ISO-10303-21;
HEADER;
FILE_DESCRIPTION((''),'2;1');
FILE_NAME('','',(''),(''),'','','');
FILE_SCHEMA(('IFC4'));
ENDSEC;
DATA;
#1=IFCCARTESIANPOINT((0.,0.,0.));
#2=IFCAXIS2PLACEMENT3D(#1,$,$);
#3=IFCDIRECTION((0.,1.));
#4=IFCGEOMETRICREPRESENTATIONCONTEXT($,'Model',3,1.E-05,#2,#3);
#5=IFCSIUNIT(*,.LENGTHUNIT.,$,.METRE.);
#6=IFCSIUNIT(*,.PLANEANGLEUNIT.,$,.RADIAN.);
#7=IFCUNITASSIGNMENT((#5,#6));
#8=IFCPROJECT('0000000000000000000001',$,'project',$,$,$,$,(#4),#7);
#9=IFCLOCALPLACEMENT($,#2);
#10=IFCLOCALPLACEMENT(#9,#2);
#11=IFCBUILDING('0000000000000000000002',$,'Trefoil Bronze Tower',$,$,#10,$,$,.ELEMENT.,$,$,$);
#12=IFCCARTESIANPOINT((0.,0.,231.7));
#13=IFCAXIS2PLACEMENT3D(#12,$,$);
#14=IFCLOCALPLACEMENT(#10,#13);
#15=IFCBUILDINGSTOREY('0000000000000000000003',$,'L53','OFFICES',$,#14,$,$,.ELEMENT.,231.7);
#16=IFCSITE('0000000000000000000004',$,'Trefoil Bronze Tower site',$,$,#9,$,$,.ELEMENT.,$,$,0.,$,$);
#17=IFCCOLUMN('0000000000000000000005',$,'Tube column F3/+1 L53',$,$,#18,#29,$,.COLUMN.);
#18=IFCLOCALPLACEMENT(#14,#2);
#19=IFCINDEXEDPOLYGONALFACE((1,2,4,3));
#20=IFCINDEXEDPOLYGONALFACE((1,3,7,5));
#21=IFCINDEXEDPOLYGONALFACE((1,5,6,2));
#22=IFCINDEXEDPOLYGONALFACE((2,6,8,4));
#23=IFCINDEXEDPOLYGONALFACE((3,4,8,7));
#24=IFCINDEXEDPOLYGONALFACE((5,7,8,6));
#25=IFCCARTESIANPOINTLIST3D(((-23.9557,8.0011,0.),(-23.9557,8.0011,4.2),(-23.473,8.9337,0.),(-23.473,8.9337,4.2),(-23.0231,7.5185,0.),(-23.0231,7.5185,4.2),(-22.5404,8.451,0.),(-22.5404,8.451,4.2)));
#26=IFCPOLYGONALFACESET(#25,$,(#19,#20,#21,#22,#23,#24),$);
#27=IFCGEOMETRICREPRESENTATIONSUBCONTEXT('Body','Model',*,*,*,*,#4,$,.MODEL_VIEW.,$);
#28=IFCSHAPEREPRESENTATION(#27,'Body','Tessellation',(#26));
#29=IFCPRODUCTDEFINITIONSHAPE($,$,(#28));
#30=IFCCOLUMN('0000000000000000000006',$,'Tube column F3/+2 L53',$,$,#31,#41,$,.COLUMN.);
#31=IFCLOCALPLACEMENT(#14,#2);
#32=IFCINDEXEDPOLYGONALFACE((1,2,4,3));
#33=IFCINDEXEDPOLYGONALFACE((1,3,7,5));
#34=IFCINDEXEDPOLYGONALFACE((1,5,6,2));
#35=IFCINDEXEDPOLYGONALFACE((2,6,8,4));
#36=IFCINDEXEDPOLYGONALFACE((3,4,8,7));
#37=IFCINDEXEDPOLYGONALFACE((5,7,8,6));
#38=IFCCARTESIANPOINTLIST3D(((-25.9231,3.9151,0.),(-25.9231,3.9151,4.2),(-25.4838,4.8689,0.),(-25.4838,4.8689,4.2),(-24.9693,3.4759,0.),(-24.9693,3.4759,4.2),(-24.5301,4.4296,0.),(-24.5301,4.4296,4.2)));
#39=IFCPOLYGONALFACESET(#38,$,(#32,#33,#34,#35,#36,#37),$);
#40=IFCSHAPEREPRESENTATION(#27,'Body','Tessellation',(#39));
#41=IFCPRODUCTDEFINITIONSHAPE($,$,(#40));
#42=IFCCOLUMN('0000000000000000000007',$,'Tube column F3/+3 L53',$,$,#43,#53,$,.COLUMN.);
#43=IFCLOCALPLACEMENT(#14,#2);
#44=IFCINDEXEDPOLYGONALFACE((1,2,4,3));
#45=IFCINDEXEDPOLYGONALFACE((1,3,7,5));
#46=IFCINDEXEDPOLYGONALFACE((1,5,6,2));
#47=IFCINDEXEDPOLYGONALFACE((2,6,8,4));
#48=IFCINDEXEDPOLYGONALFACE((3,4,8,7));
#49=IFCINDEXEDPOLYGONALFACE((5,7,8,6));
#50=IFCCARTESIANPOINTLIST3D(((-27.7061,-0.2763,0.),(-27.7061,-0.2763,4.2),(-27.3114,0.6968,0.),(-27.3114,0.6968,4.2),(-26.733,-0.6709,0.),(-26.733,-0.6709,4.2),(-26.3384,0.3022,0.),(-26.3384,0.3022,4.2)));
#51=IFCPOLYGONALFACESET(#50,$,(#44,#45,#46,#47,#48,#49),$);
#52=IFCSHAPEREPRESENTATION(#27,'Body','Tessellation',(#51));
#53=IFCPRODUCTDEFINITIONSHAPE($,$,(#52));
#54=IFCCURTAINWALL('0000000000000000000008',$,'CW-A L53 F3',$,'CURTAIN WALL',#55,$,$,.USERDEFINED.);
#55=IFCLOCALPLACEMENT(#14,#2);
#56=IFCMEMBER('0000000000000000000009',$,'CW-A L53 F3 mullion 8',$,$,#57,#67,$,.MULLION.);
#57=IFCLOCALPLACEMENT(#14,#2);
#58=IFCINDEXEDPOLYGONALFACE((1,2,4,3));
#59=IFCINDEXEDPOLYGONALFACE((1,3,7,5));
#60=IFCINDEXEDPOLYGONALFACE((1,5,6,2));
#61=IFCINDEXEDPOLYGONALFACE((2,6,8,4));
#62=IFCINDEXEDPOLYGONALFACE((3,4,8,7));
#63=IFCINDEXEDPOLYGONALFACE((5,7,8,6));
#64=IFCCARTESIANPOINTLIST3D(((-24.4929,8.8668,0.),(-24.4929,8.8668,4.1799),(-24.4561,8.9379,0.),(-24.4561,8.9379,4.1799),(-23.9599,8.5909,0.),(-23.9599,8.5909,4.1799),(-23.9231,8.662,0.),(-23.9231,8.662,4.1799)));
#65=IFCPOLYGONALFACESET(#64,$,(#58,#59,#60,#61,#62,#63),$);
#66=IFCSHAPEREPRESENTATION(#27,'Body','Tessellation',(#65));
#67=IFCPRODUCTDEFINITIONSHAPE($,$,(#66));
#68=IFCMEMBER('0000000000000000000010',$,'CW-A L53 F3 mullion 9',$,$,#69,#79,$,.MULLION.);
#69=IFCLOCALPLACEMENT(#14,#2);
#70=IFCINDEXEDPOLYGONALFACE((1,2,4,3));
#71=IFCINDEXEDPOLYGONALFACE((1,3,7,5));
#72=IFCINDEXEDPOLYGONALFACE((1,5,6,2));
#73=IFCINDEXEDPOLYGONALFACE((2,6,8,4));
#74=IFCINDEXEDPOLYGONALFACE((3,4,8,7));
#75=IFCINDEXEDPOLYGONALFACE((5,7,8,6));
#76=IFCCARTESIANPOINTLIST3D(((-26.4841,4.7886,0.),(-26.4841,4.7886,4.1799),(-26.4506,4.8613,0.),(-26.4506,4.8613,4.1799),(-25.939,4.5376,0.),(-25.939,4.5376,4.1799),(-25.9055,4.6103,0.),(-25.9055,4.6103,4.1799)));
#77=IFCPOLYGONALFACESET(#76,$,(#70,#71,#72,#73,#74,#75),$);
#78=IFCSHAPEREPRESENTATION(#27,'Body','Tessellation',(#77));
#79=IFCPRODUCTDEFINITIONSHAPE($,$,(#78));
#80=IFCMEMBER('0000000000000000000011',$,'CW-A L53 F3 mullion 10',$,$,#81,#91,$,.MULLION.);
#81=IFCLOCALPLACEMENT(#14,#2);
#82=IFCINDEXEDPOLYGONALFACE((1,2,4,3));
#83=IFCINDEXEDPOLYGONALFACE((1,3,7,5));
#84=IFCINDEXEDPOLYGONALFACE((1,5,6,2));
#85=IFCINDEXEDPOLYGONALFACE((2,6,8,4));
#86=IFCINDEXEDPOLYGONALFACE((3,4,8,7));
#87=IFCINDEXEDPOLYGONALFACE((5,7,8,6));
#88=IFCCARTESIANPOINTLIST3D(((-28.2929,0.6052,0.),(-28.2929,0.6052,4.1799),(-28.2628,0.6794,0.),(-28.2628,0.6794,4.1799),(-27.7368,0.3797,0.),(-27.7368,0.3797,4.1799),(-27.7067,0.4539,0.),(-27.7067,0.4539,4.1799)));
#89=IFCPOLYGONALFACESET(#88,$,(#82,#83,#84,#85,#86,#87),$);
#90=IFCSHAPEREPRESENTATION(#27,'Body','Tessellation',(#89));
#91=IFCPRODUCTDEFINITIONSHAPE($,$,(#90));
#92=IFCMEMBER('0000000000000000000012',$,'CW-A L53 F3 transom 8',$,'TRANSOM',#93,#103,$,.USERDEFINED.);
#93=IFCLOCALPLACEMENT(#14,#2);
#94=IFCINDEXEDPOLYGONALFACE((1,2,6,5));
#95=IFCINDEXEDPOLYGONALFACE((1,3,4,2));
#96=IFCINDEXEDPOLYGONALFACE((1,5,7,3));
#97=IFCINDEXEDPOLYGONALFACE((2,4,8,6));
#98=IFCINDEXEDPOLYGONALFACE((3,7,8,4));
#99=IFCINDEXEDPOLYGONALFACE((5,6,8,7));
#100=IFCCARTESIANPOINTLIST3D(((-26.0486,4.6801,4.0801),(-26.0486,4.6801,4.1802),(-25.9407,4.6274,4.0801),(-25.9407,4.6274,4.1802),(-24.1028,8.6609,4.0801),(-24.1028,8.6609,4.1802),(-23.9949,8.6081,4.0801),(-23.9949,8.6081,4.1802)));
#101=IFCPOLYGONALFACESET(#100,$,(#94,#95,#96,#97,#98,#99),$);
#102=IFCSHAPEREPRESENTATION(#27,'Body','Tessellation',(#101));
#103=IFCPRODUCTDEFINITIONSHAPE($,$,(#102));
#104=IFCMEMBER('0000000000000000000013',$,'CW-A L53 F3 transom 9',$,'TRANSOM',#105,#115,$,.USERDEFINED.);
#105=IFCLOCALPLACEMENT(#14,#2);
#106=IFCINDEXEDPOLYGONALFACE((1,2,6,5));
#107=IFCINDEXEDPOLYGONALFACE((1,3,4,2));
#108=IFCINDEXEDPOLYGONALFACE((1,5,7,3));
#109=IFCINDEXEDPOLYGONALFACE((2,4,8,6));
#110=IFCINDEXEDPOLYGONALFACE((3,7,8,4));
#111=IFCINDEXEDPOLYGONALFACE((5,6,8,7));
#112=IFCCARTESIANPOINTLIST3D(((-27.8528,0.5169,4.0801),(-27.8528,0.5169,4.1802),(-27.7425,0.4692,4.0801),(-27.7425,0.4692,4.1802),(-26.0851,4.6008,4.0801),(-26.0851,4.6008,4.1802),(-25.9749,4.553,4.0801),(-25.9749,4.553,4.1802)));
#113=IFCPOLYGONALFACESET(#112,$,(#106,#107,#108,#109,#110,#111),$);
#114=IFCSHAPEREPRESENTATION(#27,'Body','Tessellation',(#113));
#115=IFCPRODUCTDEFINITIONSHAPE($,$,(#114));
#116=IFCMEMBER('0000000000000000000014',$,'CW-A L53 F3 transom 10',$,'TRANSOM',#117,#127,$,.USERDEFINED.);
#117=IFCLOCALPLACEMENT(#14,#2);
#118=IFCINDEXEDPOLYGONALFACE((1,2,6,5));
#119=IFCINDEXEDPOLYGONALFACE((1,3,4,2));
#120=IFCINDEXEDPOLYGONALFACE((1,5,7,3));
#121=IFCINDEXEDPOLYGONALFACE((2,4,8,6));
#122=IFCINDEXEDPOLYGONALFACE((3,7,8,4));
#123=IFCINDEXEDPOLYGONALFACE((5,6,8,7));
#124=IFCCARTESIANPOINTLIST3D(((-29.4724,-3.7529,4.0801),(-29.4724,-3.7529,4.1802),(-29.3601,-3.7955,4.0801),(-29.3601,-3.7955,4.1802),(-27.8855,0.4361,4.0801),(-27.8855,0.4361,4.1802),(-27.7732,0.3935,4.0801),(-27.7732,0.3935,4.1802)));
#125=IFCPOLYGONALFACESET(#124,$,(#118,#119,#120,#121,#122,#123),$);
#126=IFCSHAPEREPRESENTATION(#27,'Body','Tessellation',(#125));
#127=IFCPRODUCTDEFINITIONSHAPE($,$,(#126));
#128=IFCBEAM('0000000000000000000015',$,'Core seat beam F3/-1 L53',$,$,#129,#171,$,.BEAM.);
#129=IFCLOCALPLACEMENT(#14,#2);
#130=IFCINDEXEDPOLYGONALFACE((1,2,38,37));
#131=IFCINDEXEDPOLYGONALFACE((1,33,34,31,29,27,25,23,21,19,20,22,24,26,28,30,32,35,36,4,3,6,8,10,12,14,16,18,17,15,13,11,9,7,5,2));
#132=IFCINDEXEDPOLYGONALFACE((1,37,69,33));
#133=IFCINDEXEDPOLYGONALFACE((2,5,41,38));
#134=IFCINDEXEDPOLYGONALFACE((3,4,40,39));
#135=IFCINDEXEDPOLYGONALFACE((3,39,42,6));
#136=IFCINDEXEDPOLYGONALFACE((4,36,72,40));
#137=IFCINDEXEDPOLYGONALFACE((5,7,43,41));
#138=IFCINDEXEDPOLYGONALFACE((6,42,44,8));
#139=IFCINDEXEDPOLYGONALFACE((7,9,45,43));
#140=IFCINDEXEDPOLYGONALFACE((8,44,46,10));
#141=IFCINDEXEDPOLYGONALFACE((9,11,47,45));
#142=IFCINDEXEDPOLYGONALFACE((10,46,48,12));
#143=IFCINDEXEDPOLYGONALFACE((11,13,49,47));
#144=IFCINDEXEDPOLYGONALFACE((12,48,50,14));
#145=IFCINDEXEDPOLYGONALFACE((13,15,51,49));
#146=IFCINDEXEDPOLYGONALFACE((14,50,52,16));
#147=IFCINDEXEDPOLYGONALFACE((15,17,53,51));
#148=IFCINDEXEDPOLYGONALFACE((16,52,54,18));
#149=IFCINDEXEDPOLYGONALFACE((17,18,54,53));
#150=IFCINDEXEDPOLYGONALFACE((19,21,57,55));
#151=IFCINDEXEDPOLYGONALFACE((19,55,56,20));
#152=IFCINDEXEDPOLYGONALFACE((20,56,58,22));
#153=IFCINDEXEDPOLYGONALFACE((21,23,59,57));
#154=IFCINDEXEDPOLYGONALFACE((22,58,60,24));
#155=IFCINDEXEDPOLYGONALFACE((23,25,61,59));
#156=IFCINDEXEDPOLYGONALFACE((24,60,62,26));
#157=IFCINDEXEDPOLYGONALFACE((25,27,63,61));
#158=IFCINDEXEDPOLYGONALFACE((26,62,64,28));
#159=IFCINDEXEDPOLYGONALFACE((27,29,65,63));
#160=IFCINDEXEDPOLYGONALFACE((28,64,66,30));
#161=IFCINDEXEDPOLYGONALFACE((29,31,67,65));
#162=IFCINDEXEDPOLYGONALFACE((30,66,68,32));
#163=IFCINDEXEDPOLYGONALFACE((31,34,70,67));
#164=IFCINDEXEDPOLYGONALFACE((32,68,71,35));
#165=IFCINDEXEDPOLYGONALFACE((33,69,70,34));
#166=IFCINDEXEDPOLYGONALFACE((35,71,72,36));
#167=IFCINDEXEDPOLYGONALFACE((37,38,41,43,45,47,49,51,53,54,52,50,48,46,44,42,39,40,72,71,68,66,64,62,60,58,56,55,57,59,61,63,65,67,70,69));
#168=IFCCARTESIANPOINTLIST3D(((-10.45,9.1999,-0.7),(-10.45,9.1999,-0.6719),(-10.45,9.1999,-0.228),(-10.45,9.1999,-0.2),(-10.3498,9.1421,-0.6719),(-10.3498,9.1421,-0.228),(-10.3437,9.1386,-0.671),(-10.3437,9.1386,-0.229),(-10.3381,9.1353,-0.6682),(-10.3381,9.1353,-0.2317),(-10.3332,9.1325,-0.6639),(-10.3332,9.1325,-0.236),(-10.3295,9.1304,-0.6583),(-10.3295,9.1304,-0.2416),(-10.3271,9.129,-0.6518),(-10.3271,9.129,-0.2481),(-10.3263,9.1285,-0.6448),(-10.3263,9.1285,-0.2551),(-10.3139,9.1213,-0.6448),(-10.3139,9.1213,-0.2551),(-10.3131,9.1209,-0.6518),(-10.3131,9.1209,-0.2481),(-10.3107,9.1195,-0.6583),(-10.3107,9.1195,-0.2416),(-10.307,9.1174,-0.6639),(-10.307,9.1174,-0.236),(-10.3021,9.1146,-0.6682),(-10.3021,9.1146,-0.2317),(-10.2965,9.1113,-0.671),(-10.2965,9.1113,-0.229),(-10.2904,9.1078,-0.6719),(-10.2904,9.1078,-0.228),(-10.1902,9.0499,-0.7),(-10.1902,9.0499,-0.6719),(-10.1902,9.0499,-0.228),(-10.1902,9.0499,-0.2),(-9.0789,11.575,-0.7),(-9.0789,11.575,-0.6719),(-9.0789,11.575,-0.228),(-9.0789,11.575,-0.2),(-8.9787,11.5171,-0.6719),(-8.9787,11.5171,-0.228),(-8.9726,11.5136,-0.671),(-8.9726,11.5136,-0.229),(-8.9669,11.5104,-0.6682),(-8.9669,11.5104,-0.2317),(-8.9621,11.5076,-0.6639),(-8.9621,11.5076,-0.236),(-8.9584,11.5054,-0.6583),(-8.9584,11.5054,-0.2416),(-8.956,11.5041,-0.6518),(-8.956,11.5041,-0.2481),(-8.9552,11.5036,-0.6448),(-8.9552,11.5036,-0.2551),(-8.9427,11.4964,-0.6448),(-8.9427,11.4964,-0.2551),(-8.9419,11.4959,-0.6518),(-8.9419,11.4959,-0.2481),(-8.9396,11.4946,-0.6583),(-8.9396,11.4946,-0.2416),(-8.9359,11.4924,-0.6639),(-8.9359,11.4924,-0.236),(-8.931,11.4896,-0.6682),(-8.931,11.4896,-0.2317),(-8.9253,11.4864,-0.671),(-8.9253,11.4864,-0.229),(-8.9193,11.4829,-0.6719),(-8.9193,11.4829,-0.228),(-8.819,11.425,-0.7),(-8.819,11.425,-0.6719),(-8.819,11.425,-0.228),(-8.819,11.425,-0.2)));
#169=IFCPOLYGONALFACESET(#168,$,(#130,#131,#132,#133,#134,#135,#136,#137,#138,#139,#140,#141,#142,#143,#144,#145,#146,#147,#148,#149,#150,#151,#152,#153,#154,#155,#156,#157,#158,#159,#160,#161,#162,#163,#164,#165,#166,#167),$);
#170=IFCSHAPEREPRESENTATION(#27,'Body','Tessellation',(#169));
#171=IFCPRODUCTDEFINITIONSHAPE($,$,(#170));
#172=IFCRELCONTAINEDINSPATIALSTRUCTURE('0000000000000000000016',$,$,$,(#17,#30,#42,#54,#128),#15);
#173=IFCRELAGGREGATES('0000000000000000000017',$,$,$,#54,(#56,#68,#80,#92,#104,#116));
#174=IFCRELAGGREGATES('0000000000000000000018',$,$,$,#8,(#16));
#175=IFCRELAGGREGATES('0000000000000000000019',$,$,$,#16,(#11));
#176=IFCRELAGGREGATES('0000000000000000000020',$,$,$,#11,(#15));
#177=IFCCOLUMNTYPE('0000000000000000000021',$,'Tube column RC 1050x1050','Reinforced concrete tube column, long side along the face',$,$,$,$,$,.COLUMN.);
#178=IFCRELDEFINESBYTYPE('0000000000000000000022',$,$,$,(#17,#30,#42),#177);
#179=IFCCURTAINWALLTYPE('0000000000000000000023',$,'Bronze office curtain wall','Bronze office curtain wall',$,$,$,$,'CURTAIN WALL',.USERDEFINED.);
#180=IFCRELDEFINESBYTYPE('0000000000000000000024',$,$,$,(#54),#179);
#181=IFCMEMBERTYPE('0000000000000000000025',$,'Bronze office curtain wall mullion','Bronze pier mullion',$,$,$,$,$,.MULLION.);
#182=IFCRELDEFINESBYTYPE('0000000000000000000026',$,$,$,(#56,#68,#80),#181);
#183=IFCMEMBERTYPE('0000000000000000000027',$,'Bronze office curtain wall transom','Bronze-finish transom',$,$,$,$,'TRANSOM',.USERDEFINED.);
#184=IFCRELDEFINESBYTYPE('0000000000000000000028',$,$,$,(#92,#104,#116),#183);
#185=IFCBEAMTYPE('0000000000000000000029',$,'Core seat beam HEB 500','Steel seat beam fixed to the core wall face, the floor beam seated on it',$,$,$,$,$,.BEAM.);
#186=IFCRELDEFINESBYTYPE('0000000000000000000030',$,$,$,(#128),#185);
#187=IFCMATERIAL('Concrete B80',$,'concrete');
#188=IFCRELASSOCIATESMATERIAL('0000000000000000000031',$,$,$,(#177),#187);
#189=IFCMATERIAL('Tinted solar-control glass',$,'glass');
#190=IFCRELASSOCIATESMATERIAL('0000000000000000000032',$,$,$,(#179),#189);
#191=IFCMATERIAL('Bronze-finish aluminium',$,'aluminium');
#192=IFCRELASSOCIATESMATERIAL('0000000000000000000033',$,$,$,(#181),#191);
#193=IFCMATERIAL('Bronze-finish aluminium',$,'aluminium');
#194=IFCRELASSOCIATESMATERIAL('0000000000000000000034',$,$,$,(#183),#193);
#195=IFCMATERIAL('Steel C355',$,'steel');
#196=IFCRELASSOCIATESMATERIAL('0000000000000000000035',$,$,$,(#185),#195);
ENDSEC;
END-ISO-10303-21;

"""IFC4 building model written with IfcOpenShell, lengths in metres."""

from ifc_helpers import new_model, si_unit, direction, frame, origin, origin_2d, place, context, subcontext, project, spatial, rectangle, i_section, extrude, material, material_profile, profile_set, type_object, element, aggregate, save


model = new_model("IFC4")

# Units and contexts
model_context = context("Model", 3, precision=1e-05, world=origin(), true_north=direction((0.0, 1.0)))
body_context = subcontext(model_context, "Body", "Model", "MODEL_VIEW")
ifc_project = project(units=[si_unit("LENGTHUNIT", "METRE"), si_unit("PLANEANGLEUNIT", "RADIAN")], contexts=[model_context])

# Site, building, storey
site_placement = place(None, origin())
site = spatial("IfcSite", under=ifc_project, at=site_placement, Name="Trefoil Bronze Tower site", CompositionType="ELEMENT", RefElevation=0.0)
building_placement = place(site_placement, origin())
building = spatial("IfcBuilding", under=site, at=building_placement, Name="Trefoil Bronze Tower", CompositionType="ELEMENT")
storey_placement = place(building_placement, frame((0.0, 0.0, 231.7)))
storey = spatial("IfcBuildingStorey", under=building, at=storey_placement, Name="L53", Description="OFFICES", CompositionType="ELEMENT", Elevation=231.7)

# Columns
ifc_material_1 = material(Name="Concrete B80", Category="concrete")
ifc_material_profile_1 = material_profile(ifc_material_1, rectangle(XDim=1.05, YDim=1.05, at=origin_2d()), Name="RC 1050x1050")
ifc_profile_set_1 = profile_set([ifc_material_profile_1], Name="Concrete B80")
column_type = type_object("IfcColumnType", Name="Tube column RC 1050x1050", Description="Reinforced concrete tube column, long side along the face", PredefinedType="COLUMN", material=ifc_profile_set_1)
for number, where, z_axis, x_axis, name in (
    (1, (-23.248, 8.2261, 0.0), (0.0, 0.0, 1.0), (-0.459673, -0.888088, 0.0), "Tube column F3/+1 L53"),
    (2, (-25.2266, 4.1724, 0.0), (0.0, 0.0, 1.0), (-0.418286, -0.908315, 0.0), "Tube column F3/+2 L53"),
    (3, (-27.0222, 0.0129, 0.0), (0.0, 0.0, 1.0), (-0.375828, -0.926689, 0.0), "Tube column F3/+3 L53"),
):
    element("IfcColumn", number, at=place(storey_placement, frame(where, z_axis=z_axis, x_axis=x_axis)), inside=storey, type_object=column_type, Name=name, PredefinedType="COLUMN", context=body_context, shape_type="SweptSolid", body=[
        extrude(rectangle(XDim=1.05, YDim=1.05, at=origin_2d()), origin(), (0.0, 0.0, 1.0), 4.2),
    ])

# Curtain wall, members
ifc_material_2 = material(Name="Tinted solar-control glass", Category="glass")
curtain_wall_type = type_object("IfcCurtainWallType", Name="Bronze office curtain wall", Description="Bronze office curtain wall", ElementType="CURTAIN WALL", PredefinedType="USERDEFINED", material=ifc_material_2)
curtain_wall_placement = place(storey_placement, origin())
curtain_wall = element("IfcCurtainWall", 4, at=curtain_wall_placement, inside=storey, type_object=curtain_wall_type, Name="CW-A L53 F3", ObjectType="CURTAIN WALL", PredefinedType="USERDEFINED")
ifc_material_3 = material(Name="Bronze-finish aluminium", Category="aluminium")
ifc_material_profile_2 = material_profile(ifc_material_3, rectangle(XDim=0.6001, YDim=0.0801, at=origin_2d()), Name="CW-A mullion")
ifc_profile_set_2 = profile_set([ifc_material_profile_2], Name="Bronze-finish aluminium")
member_type_1 = type_object("IfcMemberType", Name="Bronze office curtain wall mullion", Description="Bronze pier mullion", PredefinedType="MULLION", material=ifc_profile_set_2)
member_1_placement = place(storey_placement, frame((-24.208, 8.7644, 0.0), z_axis=(0.0, 0.0, 1.0), x_axis=(0.888088, -0.459673, 0.0)))
member_1 = element("IfcMember", 5, at=member_1_placement, type_object=member_type_1, Name="CW-A L53 F3 mullion 8", PredefinedType="MULLION", context=body_context, shape_type="SweptSolid", body=[
    extrude(rectangle(XDim=0.6001, YDim=0.0801, at=origin_2d()), origin(), (0.0, 0.0, 1.0), 4.1799),
])
member_2_placement = place(storey_placement, frame((-26.1948, 4.6995, 0.0), z_axis=(0.0, 0.0, 1.0), x_axis=(0.908315, -0.418286, 0.0)))
member_2 = element("IfcMember", 6, at=member_2_placement, type_object=member_type_1, Name="CW-A L53 F3 mullion 9", PredefinedType="MULLION", context=body_context, shape_type="SweptSolid", body=[
    extrude(rectangle(XDim=0.6001, YDim=0.0801, at=origin_2d()), origin(), (0.0, 0.0, 1.0), 4.1799),
])
member_3_placement = place(storey_placement, frame((-27.9998, 0.5295, 0.0), z_axis=(0.0, 0.0, 1.0), x_axis=(0.926689, -0.375828, 0.0)))
member_3 = element("IfcMember", 7, at=member_3_placement, type_object=member_type_1, Name="CW-A L53 F3 mullion 10", PredefinedType="MULLION", context=body_context, shape_type="SweptSolid", body=[
    extrude(rectangle(XDim=0.6001, YDim=0.0801, at=origin_2d()), origin(), (0.0, 0.0, 1.0), 4.1799),
])
ifc_material_4 = material(Name="Bronze-finish aluminium", Category="aluminium")
ifc_material_profile_3 = material_profile(ifc_material_4, rectangle(XDim=0.1201, YDim=0.1001, at=origin_2d()), Name="CW-A transom")
ifc_profile_set_3 = profile_set([ifc_material_profile_3], Name="Bronze-finish aluminium")
member_type_2 = type_object("IfcMemberType", Name="Bronze office curtain wall transom", Description="Bronze-finish transom", ElementType="TRANSOM", PredefinedType="USERDEFINED", material=ifc_profile_set_3)
member_4_placement = place(storey_placement, frame((-24.0488, 8.6345, 4.1301), z_axis=(-0.439151, -0.898413, 0.0), x_axis=(0.898413, -0.439151, 0.0)))
member_4 = element("IfcMember", 8, at=member_4_placement, type_object=member_type_2, Name="CW-A L53 F3 transom 8", ObjectType="TRANSOM", PredefinedType="USERDEFINED", context=body_context, shape_type="SweptSolid", body=[
    extrude(rectangle(XDim=0.1201, YDim=0.1001, at=origin_2d()), origin(), (0.0, 0.0, 1.0), 4.4309),
])
member_5_placement = place(storey_placement, frame((-26.03, 4.5769, 4.1301), z_axis=(-0.397221, -0.917723, 0.0), x_axis=(0.917723, -0.397221, 0.0)))
member_5 = element("IfcMember", 9, at=member_5_placement, type_object=member_type_2, Name="CW-A L53 F3 transom 9", ObjectType="TRANSOM", PredefinedType="USERDEFINED", context=body_context, shape_type="SweptSolid", body=[
    extrude(rectangle(XDim=0.1201, YDim=0.1001, at=origin_2d()), origin(), (0.0, 0.0, 1.0), 4.45),
])
member_6_placement = place(storey_placement, frame((-27.8293, 0.4148, 4.1301), z_axis=(-0.354263, -0.935146, 0.0), x_axis=(0.935146, -0.354263, 0.0)))
member_6 = element("IfcMember", 10, at=member_6_placement, type_object=member_type_2, Name="CW-A L53 F3 transom 10", ObjectType="TRANSOM", PredefinedType="USERDEFINED", context=body_context, shape_type="SweptSolid", body=[
    extrude(rectangle(XDim=0.1201, YDim=0.1001, at=origin_2d()), origin(), (0.0, 0.0, 1.0), 4.4795),
])

# Beam
ifc_material_5 = material(Name="Steel C355", Category="steel")
ifc_material_profile_4 = material_profile(ifc_material_5, i_section(OverallWidth=0.3, OverallDepth=0.5, WebThickness=0.0144, FlangeThickness=0.0281, FilletRadius=0.0271, at=origin_2d()), Name="HEB 500")
ifc_profile_set_4 = profile_set([ifc_material_profile_4], Name="Steel C355")
beam_type_1 = type_object("IfcBeamType", Name="Core seat beam HEB 500", Description="Steel seat beam fixed to the core wall face, the floor beam seated on it", PredefinedType="BEAM", material=ifc_profile_set_4)
for number, where, z_axis, x_axis, name in (
    (11, (-8.949, 11.5, -0.45), (-0.499969, -0.866043, 0.0), (0.866043, -0.499969, 0.0), "Core seat beam F3/-1 L53"),
):
    element("IfcBeam", number, at=place(storey_placement, frame(where, z_axis=z_axis, x_axis=x_axis)), inside=storey, type_object=beam_type_1, Name=name, PredefinedType="BEAM", context=body_context, shape_type="SweptSolid", body=[
        extrude(i_section(OverallWidth=0.3, OverallDepth=0.5, WebThickness=0.0144, FlangeThickness=0.0281, FilletRadius=0.0271, at=origin_2d()), origin(), (0.0, 0.0, 1.0), 2.7424),
    ])

aggregate(curtain_wall, [member_1, member_2, member_3, member_4, member_5, member_6])

save(model, "model.ifc")
